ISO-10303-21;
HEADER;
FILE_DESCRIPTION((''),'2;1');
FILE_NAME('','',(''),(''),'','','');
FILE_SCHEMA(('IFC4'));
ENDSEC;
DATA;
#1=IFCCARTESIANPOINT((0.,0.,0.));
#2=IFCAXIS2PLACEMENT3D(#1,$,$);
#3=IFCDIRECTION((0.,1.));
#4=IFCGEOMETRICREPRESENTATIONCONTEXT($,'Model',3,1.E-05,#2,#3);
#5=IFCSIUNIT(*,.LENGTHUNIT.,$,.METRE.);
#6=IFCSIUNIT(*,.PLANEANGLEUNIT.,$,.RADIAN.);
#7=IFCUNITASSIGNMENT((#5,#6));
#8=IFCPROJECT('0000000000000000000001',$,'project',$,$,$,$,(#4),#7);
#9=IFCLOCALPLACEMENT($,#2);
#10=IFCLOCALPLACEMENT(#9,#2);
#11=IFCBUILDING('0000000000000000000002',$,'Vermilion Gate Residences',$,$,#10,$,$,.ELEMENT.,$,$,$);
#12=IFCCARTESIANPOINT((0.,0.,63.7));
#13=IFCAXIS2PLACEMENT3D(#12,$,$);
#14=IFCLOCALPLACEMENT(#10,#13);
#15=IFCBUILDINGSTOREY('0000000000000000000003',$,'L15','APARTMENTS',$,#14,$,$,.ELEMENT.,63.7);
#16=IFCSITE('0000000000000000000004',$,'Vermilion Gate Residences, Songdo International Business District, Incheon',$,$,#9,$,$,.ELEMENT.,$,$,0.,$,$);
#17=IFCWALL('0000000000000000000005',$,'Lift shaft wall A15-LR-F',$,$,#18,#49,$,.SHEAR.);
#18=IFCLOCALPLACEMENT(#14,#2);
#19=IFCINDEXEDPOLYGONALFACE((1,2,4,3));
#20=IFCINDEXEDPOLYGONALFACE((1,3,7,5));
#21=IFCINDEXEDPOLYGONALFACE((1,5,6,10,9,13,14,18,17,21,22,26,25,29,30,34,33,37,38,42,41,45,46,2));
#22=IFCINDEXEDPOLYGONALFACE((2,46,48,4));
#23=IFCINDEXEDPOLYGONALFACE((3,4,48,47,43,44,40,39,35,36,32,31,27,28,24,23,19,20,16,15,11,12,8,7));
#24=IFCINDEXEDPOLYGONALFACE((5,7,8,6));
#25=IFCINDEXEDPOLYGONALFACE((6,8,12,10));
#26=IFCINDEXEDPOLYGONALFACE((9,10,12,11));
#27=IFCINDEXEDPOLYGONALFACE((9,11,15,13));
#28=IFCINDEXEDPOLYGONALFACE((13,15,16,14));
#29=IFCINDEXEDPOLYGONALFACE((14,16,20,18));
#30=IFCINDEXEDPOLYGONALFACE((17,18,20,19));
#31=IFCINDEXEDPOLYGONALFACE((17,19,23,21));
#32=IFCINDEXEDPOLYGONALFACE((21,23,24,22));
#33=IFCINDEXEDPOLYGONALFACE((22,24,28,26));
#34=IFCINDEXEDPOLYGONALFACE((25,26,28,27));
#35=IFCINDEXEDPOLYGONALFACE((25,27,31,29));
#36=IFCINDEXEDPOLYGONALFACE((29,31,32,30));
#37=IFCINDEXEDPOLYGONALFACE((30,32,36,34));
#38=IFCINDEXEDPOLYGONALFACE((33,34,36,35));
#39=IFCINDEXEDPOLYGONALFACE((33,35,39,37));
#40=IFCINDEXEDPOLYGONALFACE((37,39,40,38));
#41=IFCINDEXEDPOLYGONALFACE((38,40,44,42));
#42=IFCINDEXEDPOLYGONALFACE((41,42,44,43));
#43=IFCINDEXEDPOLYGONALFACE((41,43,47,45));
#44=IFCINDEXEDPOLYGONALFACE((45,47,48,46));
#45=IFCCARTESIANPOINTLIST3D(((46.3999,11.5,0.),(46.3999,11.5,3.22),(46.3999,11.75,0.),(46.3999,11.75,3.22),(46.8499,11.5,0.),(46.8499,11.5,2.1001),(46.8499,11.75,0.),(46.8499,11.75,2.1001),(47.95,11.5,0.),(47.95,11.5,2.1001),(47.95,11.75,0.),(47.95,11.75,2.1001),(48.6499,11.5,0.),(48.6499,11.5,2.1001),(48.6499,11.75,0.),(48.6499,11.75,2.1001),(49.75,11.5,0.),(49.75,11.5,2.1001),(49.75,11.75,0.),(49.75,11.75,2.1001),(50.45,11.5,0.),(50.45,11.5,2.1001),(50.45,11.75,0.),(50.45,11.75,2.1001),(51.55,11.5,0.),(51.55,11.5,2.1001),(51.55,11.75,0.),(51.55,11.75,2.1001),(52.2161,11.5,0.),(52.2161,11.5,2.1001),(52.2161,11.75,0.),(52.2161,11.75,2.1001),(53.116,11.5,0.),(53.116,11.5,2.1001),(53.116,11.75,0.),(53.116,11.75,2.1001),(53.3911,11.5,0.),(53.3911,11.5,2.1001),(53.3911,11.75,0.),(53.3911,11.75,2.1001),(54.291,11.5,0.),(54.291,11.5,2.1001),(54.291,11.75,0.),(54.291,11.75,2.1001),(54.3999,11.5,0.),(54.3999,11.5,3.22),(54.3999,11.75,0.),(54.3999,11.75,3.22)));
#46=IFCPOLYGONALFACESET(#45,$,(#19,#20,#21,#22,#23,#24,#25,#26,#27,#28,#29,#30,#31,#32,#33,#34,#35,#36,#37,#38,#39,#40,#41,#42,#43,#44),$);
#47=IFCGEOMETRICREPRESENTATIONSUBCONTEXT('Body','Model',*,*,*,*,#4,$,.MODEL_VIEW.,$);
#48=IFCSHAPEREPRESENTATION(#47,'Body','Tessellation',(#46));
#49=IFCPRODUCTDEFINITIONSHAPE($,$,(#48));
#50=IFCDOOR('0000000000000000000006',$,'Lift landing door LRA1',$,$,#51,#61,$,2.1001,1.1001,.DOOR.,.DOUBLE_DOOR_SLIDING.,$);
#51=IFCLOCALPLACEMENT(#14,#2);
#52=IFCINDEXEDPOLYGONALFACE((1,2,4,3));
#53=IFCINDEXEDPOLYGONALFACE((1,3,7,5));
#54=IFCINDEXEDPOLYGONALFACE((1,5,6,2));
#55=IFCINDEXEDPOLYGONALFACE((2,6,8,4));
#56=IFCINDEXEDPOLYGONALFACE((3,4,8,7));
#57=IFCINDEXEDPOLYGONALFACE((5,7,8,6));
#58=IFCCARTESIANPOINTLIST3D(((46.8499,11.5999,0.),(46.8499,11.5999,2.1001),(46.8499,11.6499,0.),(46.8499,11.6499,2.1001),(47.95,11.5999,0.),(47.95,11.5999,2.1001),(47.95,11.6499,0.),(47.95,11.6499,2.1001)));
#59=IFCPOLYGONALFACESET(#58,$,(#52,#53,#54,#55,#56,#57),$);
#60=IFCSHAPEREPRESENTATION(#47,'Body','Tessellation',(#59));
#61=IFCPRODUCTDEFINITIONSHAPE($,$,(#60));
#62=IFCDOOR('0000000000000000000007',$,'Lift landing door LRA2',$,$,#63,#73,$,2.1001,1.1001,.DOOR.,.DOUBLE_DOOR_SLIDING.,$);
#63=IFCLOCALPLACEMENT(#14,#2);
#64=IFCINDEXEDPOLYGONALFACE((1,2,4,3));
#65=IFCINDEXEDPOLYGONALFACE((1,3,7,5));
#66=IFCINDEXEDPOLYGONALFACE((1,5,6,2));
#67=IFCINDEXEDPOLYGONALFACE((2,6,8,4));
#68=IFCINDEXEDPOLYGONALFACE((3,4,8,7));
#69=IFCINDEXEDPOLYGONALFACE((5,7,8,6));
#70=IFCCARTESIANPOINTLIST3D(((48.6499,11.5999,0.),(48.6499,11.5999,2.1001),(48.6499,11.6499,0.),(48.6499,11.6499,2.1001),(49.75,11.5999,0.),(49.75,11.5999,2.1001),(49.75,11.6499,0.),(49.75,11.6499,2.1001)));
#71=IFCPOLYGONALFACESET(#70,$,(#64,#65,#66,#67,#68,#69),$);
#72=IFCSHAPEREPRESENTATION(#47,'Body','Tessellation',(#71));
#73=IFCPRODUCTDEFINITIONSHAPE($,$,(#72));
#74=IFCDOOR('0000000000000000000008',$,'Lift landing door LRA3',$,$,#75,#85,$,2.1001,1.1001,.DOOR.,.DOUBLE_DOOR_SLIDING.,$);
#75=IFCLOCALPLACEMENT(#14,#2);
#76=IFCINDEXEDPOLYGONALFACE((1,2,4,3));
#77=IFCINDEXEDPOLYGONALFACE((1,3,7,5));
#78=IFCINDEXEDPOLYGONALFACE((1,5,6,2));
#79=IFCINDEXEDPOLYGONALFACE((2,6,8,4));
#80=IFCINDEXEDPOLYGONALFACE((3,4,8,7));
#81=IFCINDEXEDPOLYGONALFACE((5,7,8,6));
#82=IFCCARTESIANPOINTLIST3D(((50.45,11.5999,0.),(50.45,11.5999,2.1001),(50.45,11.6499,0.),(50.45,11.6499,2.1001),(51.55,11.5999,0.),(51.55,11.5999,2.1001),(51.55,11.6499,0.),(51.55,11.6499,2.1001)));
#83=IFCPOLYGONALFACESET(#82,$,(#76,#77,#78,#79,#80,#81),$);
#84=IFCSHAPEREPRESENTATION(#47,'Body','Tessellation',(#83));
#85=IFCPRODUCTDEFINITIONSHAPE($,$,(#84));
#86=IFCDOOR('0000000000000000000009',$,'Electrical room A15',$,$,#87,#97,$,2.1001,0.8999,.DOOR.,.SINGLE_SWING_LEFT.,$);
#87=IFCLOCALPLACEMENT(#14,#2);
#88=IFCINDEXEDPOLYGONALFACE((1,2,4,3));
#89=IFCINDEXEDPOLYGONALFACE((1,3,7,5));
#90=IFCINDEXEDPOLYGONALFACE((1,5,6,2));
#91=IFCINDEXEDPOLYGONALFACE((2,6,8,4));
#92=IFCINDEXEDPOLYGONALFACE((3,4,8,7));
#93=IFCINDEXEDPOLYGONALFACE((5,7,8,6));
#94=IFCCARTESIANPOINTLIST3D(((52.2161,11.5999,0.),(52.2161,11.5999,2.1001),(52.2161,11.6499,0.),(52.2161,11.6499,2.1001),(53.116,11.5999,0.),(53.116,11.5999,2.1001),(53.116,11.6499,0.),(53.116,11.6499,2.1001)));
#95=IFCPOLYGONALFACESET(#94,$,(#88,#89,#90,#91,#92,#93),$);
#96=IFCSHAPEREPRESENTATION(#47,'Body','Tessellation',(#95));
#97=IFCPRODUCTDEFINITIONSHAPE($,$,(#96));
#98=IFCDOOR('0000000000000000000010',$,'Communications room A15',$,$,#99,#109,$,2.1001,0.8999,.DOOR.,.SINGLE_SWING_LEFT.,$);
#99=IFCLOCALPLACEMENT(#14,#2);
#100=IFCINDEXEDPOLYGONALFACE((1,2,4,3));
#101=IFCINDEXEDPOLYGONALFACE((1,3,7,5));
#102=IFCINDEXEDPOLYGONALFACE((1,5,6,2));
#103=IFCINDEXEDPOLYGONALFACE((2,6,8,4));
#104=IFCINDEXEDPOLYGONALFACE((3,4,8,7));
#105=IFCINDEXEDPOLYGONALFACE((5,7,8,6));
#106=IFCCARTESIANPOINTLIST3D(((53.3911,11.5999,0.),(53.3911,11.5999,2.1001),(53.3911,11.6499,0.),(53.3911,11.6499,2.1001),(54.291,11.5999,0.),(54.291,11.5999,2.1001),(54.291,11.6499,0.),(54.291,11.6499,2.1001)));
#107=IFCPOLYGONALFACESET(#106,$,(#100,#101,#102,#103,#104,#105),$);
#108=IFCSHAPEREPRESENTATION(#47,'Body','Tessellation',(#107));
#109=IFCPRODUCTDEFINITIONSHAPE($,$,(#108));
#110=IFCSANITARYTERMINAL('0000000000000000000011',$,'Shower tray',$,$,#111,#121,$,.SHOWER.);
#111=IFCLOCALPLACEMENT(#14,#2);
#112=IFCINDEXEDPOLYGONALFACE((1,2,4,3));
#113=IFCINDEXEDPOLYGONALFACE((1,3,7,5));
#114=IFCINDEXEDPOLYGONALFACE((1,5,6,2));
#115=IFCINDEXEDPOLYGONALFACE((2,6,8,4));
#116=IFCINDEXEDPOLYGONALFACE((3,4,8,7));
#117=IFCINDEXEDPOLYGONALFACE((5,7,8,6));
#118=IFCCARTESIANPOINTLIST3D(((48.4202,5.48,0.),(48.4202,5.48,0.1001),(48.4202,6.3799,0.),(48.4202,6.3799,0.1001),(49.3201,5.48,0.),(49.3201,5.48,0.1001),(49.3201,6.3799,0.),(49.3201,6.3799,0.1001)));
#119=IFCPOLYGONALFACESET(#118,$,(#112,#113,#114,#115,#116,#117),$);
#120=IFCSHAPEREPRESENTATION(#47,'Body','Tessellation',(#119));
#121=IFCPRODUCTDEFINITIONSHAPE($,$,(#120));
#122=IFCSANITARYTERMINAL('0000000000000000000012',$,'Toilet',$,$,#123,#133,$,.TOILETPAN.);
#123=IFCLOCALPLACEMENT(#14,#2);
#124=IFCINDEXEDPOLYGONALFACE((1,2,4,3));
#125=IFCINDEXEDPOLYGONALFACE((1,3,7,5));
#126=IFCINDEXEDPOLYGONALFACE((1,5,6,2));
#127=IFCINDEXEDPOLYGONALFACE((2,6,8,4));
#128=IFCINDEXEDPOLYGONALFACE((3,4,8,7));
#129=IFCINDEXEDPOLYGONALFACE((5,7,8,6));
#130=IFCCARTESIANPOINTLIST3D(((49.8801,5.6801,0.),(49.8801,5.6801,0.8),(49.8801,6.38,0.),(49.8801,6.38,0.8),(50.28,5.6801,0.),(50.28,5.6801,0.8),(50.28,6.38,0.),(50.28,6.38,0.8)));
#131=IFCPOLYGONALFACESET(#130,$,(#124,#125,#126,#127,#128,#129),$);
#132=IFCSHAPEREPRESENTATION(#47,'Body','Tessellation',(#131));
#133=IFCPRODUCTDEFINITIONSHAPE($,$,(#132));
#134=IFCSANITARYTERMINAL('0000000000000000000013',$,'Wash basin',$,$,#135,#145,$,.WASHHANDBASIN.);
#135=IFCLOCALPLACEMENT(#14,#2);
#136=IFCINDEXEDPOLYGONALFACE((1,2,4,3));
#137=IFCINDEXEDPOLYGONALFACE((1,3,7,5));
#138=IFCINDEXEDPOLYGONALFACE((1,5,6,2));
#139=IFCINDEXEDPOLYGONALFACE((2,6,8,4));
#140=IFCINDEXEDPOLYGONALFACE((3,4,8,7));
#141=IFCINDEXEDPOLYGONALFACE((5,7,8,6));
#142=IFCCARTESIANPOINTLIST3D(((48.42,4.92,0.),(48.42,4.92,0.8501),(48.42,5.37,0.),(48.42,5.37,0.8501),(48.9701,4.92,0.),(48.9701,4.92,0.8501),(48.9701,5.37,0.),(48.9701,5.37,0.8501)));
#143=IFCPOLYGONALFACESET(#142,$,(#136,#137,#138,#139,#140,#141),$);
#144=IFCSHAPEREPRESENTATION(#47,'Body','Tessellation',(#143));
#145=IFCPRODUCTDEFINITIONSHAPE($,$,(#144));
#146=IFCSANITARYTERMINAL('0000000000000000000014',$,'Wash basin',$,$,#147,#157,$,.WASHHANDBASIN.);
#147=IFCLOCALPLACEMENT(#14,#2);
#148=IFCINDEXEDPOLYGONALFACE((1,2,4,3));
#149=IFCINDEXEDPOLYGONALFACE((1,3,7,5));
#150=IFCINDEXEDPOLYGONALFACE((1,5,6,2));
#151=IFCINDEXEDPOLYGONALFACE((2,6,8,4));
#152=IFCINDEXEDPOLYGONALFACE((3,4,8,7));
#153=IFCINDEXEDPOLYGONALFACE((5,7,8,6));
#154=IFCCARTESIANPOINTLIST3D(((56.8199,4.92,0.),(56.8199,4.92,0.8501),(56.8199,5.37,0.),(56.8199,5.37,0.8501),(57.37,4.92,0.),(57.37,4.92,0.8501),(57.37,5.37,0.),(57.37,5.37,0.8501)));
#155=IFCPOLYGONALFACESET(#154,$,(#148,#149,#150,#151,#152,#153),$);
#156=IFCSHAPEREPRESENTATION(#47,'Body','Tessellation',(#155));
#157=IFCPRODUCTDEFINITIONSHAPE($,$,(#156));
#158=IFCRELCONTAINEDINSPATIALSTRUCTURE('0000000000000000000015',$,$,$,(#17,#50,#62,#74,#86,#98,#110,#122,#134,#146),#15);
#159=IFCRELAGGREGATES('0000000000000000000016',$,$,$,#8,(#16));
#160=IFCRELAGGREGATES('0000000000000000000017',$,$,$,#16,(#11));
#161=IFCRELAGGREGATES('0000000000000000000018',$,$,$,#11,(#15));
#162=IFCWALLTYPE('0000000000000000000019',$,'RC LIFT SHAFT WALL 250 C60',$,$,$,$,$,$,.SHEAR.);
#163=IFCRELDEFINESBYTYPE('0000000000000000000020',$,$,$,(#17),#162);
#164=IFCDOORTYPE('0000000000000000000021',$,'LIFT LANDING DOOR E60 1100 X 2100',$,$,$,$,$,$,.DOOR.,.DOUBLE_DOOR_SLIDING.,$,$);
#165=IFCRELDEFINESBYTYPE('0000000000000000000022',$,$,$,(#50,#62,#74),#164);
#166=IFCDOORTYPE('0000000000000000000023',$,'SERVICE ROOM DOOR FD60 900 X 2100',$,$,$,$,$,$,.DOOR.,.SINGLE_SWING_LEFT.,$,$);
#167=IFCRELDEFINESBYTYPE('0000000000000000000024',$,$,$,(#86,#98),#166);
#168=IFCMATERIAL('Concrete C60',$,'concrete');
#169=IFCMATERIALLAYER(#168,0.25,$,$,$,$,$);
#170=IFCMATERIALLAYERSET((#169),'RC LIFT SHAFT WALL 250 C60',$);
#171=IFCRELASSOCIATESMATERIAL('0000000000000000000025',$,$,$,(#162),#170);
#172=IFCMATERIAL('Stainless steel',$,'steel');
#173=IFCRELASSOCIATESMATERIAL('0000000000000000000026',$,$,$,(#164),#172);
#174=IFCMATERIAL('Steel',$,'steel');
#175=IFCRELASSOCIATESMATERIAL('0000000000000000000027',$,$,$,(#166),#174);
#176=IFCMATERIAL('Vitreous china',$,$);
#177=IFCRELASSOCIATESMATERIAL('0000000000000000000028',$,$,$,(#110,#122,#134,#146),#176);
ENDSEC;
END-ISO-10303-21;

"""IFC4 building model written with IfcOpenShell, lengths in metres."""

from ifc_helpers import new_model, si_unit, direction, frame, frame_2d, origin, origin_2d, place, context, subcontext, project, spatial, rectangle, extrude, material, layer, layer_set, type_object, element, fill, save


model = new_model("IFC4")

# Units and contexts
model_context = context("Model", 3, precision=1e-05, world=origin(), true_north=direction((0.0, 1.0)))
body_context = subcontext(model_context, "Body", "Model", "MODEL_VIEW")
ifc_project = project(units=[si_unit("LENGTHUNIT", "METRE"), si_unit("PLANEANGLEUNIT", "RADIAN")], contexts=[model_context])

# Site, building, storey
site_placement = place(None, origin())
site = spatial("IfcSite", under=ifc_project, at=site_placement, Name="Vermilion Gate Residences, Songdo International Business District, Incheon", CompositionType="ELEMENT", RefElevation=0.0)
building_placement = place(site_placement, origin())
building = spatial("IfcBuilding", under=site, at=building_placement, Name="Vermilion Gate Residences", CompositionType="ELEMENT")
storey_placement = place(building_placement, frame((0.0, 0.0, 63.7)))
storey = spatial("IfcBuildingStorey", under=building, at=storey_placement, Name="L15", Description="APARTMENTS", CompositionType="ELEMENT", Elevation=63.7)

# Wall, openings, doors
ifc_material_1 = material(Name="Concrete C60", Category="concrete")
ifc_layer_1 = layer(ifc_material_1, 0.25)
ifc_layer_set_1 = layer_set([ifc_layer_1], Name="RC LIFT SHAFT WALL 250 C60")
wall_type_1 = type_object("IfcWallType", Name="RC LIFT SHAFT WALL 250 C60", PredefinedType="SHEAR", material=ifc_layer_set_1)
wall_1_placement = place(storey_placement, frame((46.3999, 11.625, 0.0), z_axis=(0.0, 0.0, 1.0), x_axis=(1.0, 0.0, 0.0)))
wall_1 = element("IfcWall", 1, at=wall_1_placement, inside=storey, type_object=wall_type_1, Name="Lift shaft wall A15-LR-F", PredefinedType="SHEAR", context=body_context, shape_type="SweptSolid", body=[
    extrude(rectangle(XDim=8.0, YDim=0.25, at=frame_2d((4.0, 0.0))), origin(), (0.0, 0.0, 1.0), 3.22),
])
opening_1_placement = place(wall_1_placement, frame((0.45, 0.0, 0.0)))
opening_1 = element("IfcOpeningElement", 2, at=opening_1_placement, cuts=wall_1, PredefinedType="OPENING", context=body_context, shape_type="SweptSolid", body=[
    extrude(rectangle(XDim=1.1001, YDim=2.1001, at=frame_2d((0.55, 1.05))), frame((0.0, 0.135, 0.0), z_axis=(0.0, -1.0, 0.0), x_axis=(1.0, 0.0, 0.0)), (0.0, 0.0, 1.0), 0.27),
])
opening_2_placement = place(wall_1_placement, frame((2.25, 0.0, 0.0)))
opening_2 = element("IfcOpeningElement", 3, at=opening_2_placement, cuts=wall_1, PredefinedType="OPENING", context=body_context, shape_type="SweptSolid", body=[
    extrude(rectangle(XDim=1.1001, YDim=2.1001, at=frame_2d((0.55, 1.05))), frame((0.0, 0.135, 0.0), z_axis=(0.0, -1.0, 0.0), x_axis=(1.0, 0.0, 0.0)), (0.0, 0.0, 1.0), 0.27),
])
opening_3_placement = place(wall_1_placement, frame((4.05, 0.0, 0.0)))
opening_3 = element("IfcOpeningElement", 4, at=opening_3_placement, cuts=wall_1, PredefinedType="OPENING", context=body_context, shape_type="SweptSolid", body=[
    extrude(rectangle(XDim=1.1001, YDim=2.1001, at=frame_2d((0.55, 1.05))), frame((0.0, 0.135, 0.0), z_axis=(0.0, -1.0, 0.0), x_axis=(1.0, 0.0, 0.0)), (0.0, 0.0, 1.0), 0.27),
])
opening_4_placement = place(wall_1_placement, frame((5.8162, 0.0, 0.0)))
opening_4 = element("IfcOpeningElement", 5, at=opening_4_placement, cuts=wall_1, PredefinedType="OPENING", context=body_context, shape_type="SweptSolid", body=[
    extrude(rectangle(XDim=0.8999, YDim=2.1001, at=frame_2d((0.45, 1.05))), frame((0.0, 0.135, 0.0), z_axis=(0.0, -1.0, 0.0), x_axis=(1.0, 0.0, 0.0)), (0.0, 0.0, 1.0), 0.27),
])
opening_5_placement = place(wall_1_placement, frame((6.9912, 0.0, 0.0)))
opening_5 = element("IfcOpeningElement", 6, at=opening_5_placement, cuts=wall_1, PredefinedType="OPENING", context=body_context, shape_type="SweptSolid", body=[
    extrude(rectangle(XDim=0.8999, YDim=2.1001, at=frame_2d((0.45, 1.05))), frame((0.0, 0.135, 0.0), z_axis=(0.0, -1.0, 0.0), x_axis=(1.0, 0.0, 0.0)), (0.0, 0.0, 1.0), 0.27),
])
ifc_material_2 = material(Name="Stainless steel", Category="steel")
door_type_1 = type_object("IfcDoorType", Name="LIFT LANDING DOOR E60 1100 X 2100", OperationType="DOUBLE_DOOR_SLIDING", PredefinedType="DOOR", material=ifc_material_2)
door_1_placement = place(opening_1_placement, origin())
door_1 = element("IfcDoor", 7, at=door_1_placement, inside=storey, type_object=door_type_1, Name="Lift landing door LRA1", OperationType="DOUBLE_DOOR_SLIDING", OverallHeight=2.1001, OverallWidth=1.1001, PredefinedType="DOOR", context=body_context, shape_type="SweptSolid", body=[
    extrude(rectangle(XDim=1.1001, YDim=2.1001, at=frame_2d((0.55, 1.05))), frame((0.0, 0.0249, 0.0), z_axis=(0.0, -1.0, 0.0), x_axis=(1.0, 0.0, 0.0)), (0.0, 0.0, 1.0), 0.05),
])
fill(opening_1, door_1)
door_2_placement = place(opening_2_placement, origin())
door_2 = element("IfcDoor", 8, at=door_2_placement, inside=storey, type_object=door_type_1, Name="Lift landing door LRA2", OperationType="DOUBLE_DOOR_SLIDING", OverallHeight=2.1001, OverallWidth=1.1001, PredefinedType="DOOR", context=body_context, shape_type="SweptSolid", body=[
    extrude(rectangle(XDim=1.1001, YDim=2.1001, at=frame_2d((0.55, 1.05))), frame((0.0, 0.0249, 0.0), z_axis=(0.0, -1.0, 0.0), x_axis=(1.0, 0.0, 0.0)), (0.0, 0.0, 1.0), 0.05),
])
fill(opening_2, door_2)
door_3_placement = place(opening_3_placement, origin())
door_3 = element("IfcDoor", 9, at=door_3_placement, inside=storey, type_object=door_type_1, Name="Lift landing door LRA3", OperationType="DOUBLE_DOOR_SLIDING", OverallHeight=2.1001, OverallWidth=1.1001, PredefinedType="DOOR", context=body_context, shape_type="SweptSolid", body=[
    extrude(rectangle(XDim=1.1001, YDim=2.1001, at=frame_2d((0.55, 1.05))), frame((0.0, 0.0249, 0.0), z_axis=(0.0, -1.0, 0.0), x_axis=(1.0, 0.0, 0.0)), (0.0, 0.0, 1.0), 0.05),
])
fill(opening_3, door_3)
ifc_material_3 = material(Name="Steel", Category="steel")
door_type_2 = type_object("IfcDoorType", Name="SERVICE ROOM DOOR FD60 900 X 2100", OperationType="SINGLE_SWING_LEFT", PredefinedType="DOOR", material=ifc_material_3)
door_4_placement = place(opening_4_placement, origin())
door_4 = element("IfcDoor", 10, at=door_4_placement, inside=storey, type_object=door_type_2, Name="Electrical room A15", OperationType="SINGLE_SWING_LEFT", OverallHeight=2.1001, OverallWidth=0.8999, PredefinedType="DOOR", context=body_context, shape_type="SweptSolid", body=[
    extrude(rectangle(XDim=0.8999, YDim=2.1001, at=frame_2d((0.45, 1.05))), frame((0.0, 0.0249, 0.0), z_axis=(0.0, -1.0, 0.0), x_axis=(1.0, 0.0, 0.0)), (0.0, 0.0, 1.0), 0.05),
])
fill(opening_4, door_4)
door_5_placement = place(opening_5_placement, origin())
door_5 = element("IfcDoor", 11, at=door_5_placement, inside=storey, type_object=door_type_2, Name="Communications room A15", OperationType="SINGLE_SWING_LEFT", OverallHeight=2.1001, OverallWidth=0.8999, PredefinedType="DOOR", context=body_context, shape_type="SweptSolid", body=[
    extrude(rectangle(XDim=0.8999, YDim=2.1001, at=frame_2d((0.45, 1.05))), frame((0.0, 0.0249, 0.0), z_axis=(0.0, -1.0, 0.0), x_axis=(1.0, 0.0, 0.0)), (0.0, 0.0, 1.0), 0.05),
])
fill(opening_5, door_5)

# Sanitary terminals
ifc_material_4 = material(Name="Vitreous china")
sanitary_terminal_1_placement = place(storey_placement, frame((48.8701, 5.9299, 0.0), z_axis=(0.0, 0.0, 1.0), x_axis=(1.0, 0.0, 0.0)))
element("IfcSanitaryTerminal", 12, at=sanitary_terminal_1_placement, inside=storey, material=ifc_material_4, Name="Shower tray", PredefinedType="SHOWER", context=body_context, shape_type="SweptSolid", body=[
    extrude(rectangle(XDim=0.8999, YDim=0.8999, at=origin_2d()), origin(), (0.0, 0.0, 1.0), 0.1001),
])
sanitary_terminal_2_placement = place(storey_placement, frame((50.0801, 6.03, 0.0), z_axis=(0.0, 0.0, 1.0), x_axis=(1.0, 0.0, 0.0)))
element("IfcSanitaryTerminal", 13, at=sanitary_terminal_2_placement, inside=storey, material=ifc_material_4, Name="Toilet", PredefinedType="TOILETPAN", context=body_context, shape_type="SweptSolid", body=[
    extrude(rectangle(XDim=0.3999, YDim=0.7, at=origin_2d()), origin(), (0.0, 0.0, 1.0), 0.8),
])
for number, where, z_axis, x_axis, name in (
    (14, (48.6951, 5.145, 0.0), (0.0, 0.0, 1.0), (1.0, 0.0, 0.0), "Wash basin"),
    (15, (57.095, 5.145, 0.0), (0.0, 0.0, 1.0), (1.0, 0.0, 0.0), "Wash basin"),
):
    element("IfcSanitaryTerminal", number, at=place(storey_placement, frame(where, z_axis=z_axis, x_axis=x_axis)), inside=storey, material=ifc_material_4, Name=name, PredefinedType="WASHHANDBASIN", context=body_context, shape_type="SweptSolid", body=[
        extrude(rectangle(XDim=0.55, YDim=0.45, at=origin_2d()), origin(), (0.0, 0.0, 1.0), 0.8501),
    ])

save(model, "model.ifc")
